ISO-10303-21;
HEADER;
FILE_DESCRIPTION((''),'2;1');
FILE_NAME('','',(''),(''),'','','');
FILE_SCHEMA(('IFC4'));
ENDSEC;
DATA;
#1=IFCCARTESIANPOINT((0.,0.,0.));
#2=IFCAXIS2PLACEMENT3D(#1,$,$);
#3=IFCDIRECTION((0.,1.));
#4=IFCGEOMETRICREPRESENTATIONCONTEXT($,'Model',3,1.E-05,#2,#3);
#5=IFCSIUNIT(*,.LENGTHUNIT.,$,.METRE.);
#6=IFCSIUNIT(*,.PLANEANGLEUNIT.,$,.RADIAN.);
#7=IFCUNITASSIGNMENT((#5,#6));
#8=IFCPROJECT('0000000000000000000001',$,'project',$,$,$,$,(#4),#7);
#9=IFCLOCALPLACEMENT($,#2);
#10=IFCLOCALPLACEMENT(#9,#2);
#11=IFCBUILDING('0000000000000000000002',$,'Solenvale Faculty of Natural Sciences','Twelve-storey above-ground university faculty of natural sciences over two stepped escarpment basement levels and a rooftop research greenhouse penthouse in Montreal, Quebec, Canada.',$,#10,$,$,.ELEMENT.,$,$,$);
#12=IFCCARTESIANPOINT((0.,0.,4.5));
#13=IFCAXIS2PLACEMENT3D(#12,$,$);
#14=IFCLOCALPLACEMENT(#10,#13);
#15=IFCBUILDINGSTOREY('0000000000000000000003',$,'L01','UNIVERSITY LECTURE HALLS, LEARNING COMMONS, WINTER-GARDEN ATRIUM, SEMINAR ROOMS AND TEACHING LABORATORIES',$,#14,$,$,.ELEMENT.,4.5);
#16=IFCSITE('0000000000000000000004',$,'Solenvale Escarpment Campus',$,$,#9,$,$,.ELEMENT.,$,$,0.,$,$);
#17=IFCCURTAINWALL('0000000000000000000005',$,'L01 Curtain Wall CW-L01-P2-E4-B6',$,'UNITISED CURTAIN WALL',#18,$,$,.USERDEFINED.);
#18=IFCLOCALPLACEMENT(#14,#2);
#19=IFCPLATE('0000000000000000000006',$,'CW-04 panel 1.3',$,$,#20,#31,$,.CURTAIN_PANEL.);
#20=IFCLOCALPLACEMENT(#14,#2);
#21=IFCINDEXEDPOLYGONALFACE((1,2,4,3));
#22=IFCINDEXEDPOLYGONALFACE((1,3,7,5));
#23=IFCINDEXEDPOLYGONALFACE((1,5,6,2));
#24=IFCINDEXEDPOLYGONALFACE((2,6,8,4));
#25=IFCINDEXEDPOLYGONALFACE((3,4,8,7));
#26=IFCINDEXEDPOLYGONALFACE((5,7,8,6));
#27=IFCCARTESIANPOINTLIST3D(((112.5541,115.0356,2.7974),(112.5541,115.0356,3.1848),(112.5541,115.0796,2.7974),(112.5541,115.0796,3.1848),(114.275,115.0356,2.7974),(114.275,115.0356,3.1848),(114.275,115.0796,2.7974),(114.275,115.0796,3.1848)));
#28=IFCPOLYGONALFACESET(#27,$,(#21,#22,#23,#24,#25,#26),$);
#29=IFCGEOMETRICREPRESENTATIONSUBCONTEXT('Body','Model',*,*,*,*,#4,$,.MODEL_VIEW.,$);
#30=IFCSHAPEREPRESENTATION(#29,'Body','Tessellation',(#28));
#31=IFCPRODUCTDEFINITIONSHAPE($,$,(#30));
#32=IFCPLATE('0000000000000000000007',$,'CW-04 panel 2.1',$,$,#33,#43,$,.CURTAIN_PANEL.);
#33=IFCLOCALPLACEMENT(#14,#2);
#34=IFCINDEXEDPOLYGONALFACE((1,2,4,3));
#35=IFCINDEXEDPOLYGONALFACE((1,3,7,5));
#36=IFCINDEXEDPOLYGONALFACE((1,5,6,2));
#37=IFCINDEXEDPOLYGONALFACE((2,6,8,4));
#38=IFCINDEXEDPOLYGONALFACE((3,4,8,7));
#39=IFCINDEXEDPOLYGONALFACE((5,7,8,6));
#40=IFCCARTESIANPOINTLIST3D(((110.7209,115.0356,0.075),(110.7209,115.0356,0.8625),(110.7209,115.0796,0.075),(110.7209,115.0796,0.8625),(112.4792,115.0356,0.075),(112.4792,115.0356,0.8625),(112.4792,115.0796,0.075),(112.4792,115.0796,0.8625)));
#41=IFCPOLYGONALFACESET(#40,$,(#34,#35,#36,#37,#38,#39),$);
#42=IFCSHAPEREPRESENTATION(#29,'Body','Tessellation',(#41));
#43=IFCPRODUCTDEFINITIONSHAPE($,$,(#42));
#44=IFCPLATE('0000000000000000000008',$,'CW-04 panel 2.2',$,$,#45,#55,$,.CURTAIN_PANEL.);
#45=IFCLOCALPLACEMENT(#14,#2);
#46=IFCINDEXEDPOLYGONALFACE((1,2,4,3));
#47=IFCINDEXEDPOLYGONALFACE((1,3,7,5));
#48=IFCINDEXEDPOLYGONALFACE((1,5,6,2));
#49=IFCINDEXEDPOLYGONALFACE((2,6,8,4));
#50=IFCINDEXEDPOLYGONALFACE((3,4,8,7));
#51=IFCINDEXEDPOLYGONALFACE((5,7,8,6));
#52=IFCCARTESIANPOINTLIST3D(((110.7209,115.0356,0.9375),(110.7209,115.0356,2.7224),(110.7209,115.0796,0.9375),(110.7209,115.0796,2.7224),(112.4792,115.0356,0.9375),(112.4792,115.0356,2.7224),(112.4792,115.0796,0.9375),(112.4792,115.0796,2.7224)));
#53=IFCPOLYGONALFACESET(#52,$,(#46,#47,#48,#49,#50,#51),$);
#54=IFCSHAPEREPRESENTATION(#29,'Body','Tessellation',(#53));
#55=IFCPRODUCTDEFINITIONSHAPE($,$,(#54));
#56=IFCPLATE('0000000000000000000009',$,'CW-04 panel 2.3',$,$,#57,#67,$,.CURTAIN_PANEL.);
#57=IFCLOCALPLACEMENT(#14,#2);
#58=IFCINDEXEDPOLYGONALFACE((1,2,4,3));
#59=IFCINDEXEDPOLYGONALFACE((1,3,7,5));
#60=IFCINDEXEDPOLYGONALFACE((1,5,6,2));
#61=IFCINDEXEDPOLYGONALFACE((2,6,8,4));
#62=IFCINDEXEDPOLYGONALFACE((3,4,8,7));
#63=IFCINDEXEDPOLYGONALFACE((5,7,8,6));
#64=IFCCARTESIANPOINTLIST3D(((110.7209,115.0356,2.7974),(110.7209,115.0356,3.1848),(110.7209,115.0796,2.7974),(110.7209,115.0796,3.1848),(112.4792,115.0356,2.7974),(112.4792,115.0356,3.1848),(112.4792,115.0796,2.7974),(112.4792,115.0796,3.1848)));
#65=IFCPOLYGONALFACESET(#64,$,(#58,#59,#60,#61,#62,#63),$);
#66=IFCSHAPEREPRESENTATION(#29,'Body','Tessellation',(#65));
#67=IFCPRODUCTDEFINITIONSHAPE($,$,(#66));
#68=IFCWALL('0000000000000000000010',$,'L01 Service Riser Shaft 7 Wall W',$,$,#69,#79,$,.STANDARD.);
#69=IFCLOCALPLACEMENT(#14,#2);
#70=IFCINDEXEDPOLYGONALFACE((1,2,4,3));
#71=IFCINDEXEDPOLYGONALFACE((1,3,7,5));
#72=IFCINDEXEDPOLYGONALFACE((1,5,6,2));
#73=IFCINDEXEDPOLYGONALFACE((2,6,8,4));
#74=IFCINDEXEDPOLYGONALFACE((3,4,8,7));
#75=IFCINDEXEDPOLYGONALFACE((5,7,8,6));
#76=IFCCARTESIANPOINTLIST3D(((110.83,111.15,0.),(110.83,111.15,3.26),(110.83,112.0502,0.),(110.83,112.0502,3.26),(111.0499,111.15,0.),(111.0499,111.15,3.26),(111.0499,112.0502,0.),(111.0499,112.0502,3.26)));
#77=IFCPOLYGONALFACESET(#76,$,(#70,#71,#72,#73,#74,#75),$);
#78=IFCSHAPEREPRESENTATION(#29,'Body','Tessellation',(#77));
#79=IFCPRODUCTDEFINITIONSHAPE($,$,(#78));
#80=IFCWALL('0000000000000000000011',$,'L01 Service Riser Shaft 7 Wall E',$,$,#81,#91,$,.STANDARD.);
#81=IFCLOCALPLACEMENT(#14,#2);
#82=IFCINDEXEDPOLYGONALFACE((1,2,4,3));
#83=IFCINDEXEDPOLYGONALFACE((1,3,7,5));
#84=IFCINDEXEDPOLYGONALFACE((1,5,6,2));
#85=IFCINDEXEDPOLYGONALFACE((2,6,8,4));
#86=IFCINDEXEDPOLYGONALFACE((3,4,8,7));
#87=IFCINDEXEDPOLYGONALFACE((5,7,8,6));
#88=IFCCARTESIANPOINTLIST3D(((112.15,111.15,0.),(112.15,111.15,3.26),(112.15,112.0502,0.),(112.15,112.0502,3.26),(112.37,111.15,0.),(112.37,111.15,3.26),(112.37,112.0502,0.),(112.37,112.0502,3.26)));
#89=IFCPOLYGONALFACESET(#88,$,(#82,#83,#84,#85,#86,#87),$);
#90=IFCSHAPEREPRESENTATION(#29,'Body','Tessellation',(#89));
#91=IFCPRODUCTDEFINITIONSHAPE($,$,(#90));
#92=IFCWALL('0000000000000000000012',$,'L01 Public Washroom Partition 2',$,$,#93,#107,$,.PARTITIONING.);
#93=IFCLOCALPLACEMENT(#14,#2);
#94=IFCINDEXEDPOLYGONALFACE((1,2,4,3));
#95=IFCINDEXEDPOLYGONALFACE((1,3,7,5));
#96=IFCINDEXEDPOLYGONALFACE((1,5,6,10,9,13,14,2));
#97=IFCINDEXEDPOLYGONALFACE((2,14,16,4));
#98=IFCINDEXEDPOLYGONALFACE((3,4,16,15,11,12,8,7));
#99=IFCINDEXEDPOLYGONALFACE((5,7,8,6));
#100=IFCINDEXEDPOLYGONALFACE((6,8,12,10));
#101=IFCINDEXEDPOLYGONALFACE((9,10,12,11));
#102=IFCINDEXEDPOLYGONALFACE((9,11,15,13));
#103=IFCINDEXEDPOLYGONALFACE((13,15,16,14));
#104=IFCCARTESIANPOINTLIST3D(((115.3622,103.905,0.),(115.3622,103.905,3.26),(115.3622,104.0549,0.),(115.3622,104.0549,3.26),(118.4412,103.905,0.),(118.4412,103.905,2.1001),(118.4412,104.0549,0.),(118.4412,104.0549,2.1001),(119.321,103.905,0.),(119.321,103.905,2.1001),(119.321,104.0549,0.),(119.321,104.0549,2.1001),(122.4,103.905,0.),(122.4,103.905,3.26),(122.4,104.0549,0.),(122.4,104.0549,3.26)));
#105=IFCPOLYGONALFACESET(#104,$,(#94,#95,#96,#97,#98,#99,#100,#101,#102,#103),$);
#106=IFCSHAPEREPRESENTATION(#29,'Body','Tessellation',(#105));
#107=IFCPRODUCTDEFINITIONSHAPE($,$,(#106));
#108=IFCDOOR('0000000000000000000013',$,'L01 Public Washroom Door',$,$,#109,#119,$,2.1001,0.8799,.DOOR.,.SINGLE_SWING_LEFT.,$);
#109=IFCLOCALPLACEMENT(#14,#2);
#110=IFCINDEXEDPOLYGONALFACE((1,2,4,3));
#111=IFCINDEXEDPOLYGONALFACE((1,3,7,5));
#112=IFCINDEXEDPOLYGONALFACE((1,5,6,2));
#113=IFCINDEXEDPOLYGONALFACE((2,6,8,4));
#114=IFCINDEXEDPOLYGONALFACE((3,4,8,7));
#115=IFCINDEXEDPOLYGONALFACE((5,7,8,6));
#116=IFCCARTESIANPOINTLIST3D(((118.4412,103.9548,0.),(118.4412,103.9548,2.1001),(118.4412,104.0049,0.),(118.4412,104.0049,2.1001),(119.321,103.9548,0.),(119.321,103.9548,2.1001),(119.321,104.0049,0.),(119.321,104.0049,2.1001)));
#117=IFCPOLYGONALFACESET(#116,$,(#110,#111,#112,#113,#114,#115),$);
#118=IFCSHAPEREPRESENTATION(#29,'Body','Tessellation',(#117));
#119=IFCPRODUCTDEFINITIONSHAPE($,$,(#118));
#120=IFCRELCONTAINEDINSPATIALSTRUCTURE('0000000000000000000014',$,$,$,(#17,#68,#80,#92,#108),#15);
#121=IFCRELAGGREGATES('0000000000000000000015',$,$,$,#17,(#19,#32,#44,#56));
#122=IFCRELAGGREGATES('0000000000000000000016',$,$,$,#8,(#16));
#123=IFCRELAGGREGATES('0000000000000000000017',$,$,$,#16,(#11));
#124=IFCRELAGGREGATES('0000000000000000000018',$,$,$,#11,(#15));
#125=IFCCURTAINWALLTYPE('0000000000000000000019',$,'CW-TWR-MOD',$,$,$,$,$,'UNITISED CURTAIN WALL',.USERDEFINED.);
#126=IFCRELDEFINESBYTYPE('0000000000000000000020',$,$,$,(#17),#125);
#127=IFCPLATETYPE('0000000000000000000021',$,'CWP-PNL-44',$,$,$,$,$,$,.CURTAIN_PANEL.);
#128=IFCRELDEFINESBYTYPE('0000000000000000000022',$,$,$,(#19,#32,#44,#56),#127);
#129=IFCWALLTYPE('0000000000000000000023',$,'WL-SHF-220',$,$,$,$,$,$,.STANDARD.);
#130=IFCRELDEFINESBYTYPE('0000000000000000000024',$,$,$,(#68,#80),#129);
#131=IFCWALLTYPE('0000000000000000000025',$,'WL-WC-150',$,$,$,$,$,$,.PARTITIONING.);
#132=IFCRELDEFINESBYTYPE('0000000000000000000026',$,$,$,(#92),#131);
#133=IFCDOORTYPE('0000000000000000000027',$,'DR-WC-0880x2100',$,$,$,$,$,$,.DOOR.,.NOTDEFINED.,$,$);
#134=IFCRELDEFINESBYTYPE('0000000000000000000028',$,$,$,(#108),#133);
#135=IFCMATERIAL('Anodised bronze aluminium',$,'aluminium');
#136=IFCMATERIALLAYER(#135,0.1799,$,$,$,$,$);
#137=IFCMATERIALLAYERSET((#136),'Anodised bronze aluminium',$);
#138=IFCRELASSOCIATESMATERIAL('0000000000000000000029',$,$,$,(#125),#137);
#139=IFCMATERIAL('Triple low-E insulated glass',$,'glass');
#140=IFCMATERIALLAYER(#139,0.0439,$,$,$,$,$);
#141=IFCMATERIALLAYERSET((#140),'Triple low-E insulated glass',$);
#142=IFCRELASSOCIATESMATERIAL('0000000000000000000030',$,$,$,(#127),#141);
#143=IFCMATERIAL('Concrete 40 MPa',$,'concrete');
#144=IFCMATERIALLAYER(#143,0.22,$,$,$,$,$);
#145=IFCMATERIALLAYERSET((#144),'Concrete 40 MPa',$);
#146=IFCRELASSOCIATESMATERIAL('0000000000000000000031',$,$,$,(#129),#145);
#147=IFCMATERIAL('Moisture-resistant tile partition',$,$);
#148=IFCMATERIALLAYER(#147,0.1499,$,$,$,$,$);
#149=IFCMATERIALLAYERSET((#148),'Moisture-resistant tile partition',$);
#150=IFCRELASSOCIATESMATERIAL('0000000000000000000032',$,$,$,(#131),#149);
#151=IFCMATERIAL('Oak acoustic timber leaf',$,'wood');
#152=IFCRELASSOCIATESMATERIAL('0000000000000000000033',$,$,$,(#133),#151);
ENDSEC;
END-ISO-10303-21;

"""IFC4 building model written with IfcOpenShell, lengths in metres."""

from ifc_helpers import new_model, si_unit, direction, frame, frame_2d, origin, origin_2d, place, context, subcontext, project, spatial, rectangle, extrude, material, layer, layer_set, type_object, element, fill, aggregate, save


model = new_model("IFC4")

# Units and contexts
model_context = context("Model", 3, precision=1e-05, world=origin(), true_north=direction((0.0, 1.0)))
body_context = subcontext(model_context, "Body", "Model", "MODEL_VIEW")
ifc_project = project(units=[si_unit("LENGTHUNIT", "METRE"), si_unit("PLANEANGLEUNIT", "RADIAN")], contexts=[model_context])

# Site, building, storey
site_placement = place(None, origin())
site = spatial("IfcSite", under=ifc_project, at=site_placement, Name="Solenvale Escarpment Campus", CompositionType="ELEMENT", RefElevation=0.0)
building_placement = place(site_placement, origin())
building = spatial("IfcBuilding", under=site, at=building_placement, Name="Solenvale Faculty of Natural Sciences", Description="Twelve-storey above-ground university faculty of natural sciences over two stepped escarpment basement levels and a rooftop research greenhouse penthouse in Montreal, Quebec, Canada.", CompositionType="ELEMENT")
storey_placement = place(building_placement, frame((0.0, 0.0, 4.5)))
storey = spatial("IfcBuildingStorey", under=building, at=storey_placement, Name="L01", Description="UNIVERSITY LECTURE HALLS, LEARNING COMMONS, WINTER-GARDEN ATRIUM, SEMINAR ROOMS AND TEACHING LABORATORIES", CompositionType="ELEMENT", Elevation=4.5)

# Shared definitions
ifc_material_1 = material(Name="Concrete 40 MPa", Category="concrete")

# Curtain wall, plates
ifc_material_2 = material(Name="Anodised bronze aluminium", Category="aluminium")
ifc_layer_1 = layer(ifc_material_2, 0.1799)
ifc_layer_set_1 = layer_set([ifc_layer_1], Name="Anodised bronze aluminium")
curtain_wall_type = type_object("IfcCurtainWallType", Name="CW-TWR-MOD", ElementType="UNITISED CURTAIN WALL", PredefinedType="USERDEFINED", material=ifc_layer_set_1)
curtain_wall_placement = place(storey_placement, origin())
curtain_wall = element("IfcCurtainWall", 1, at=curtain_wall_placement, inside=storey, type_object=curtain_wall_type, Name="L01 Curtain Wall CW-L01-P2-E4-B6", ObjectType="UNITISED CURTAIN WALL", PredefinedType="USERDEFINED")
ifc_material_3 = material(Name="Triple low-E insulated glass", Category="glass")
ifc_layer_2 = layer(ifc_material_3, 0.0439)
ifc_layer_set_2 = layer_set([ifc_layer_2], Name="Triple low-E insulated glass")
plate_type = type_object("IfcPlateType", Name="CWP-PNL-44", PredefinedType="CURTAIN_PANEL", material=ifc_layer_set_2)
plate_1_placement = place(storey_placement, frame((113.4146, 115.0576, 2.7974), z_axis=(0.0, 0.0, 1.0), x_axis=(-1.0, 0.0, 0.0)))
plate_1 = element("IfcPlate", 2, at=plate_1_placement, type_object=plate_type, Name="CW-04 panel 1.3", PredefinedType="CURTAIN_PANEL", context=body_context, shape_type="SweptSolid", body=[
    extrude(rectangle(XDim=1.7209, YDim=0.0439, at=origin_2d()), origin(), (0.0, 0.0, 1.0), 0.3875),
])
plate_2_placement = place(storey_placement, frame((111.6001, 115.0576, 0.075), z_axis=(0.0, 0.0, 1.0), x_axis=(-1.0, 0.0, 0.0)))
plate_2 = element("IfcPlate", 3, at=plate_2_placement, type_object=plate_type, Name="CW-04 panel 2.1", PredefinedType="CURTAIN_PANEL", context=body_context, shape_type="SweptSolid", body=[
    extrude(rectangle(XDim=1.7583, YDim=0.0439, at=origin_2d()), origin(), (0.0, 0.0, 1.0), 0.7876),
])
plate_3_placement = place(storey_placement, frame((111.6001, 115.0576, 0.9375), z_axis=(0.0, 0.0, 1.0), x_axis=(-1.0, 0.0, 0.0)))
plate_3 = element("IfcPlate", 4, at=plate_3_placement, type_object=plate_type, Name="CW-04 panel 2.2", PredefinedType="CURTAIN_PANEL", context=body_context, shape_type="SweptSolid", body=[
    extrude(rectangle(XDim=1.7583, YDim=0.0439, at=origin_2d()), origin(), (0.0, 0.0, 1.0), 1.7849),
])
plate_4_placement = place(storey_placement, frame((111.6001, 115.0576, 2.7974), z_axis=(0.0, 0.0, 1.0), x_axis=(-1.0, 0.0, 0.0)))
plate_4 = element("IfcPlate", 5, at=plate_4_placement, type_object=plate_type, Name="CW-04 panel 2.3", PredefinedType="CURTAIN_PANEL", context=body_context, shape_type="SweptSolid", body=[
    extrude(rectangle(XDim=1.7583, YDim=0.0439, at=origin_2d()), origin(), (0.0, 0.0, 1.0), 0.3875),
])
aggregate(curtain_wall, [plate_1, plate_2, plate_3, plate_4])

# Walls
ifc_layer_3 = layer(ifc_material_1, 0.22)
ifc_layer_set_3 = layer_set([ifc_layer_3], Name="Concrete 40 MPa")
wall_type_1 = type_object("IfcWallType", Name="WL-SHF-220", PredefinedType="STANDARD", material=ifc_layer_set_3)
for number, where, z_axis, x_axis, name in (
    (6, (110.9399, 111.1499, 0.0), (0.0, 0.0, 1.0), (0.0, 1.0, 0.0), "L01 Service Riser Shaft 7 Wall W"),
    (7, (112.26, 111.1499, 0.0), (0.0, 0.0, 1.0), (0.0, 1.0, 0.0), "L01 Service Riser Shaft 7 Wall E"),
):
    element("IfcWall", number, at=place(storey_placement, frame(where, z_axis=z_axis, x_axis=x_axis)), inside=storey, type_object=wall_type_1, Name=name, PredefinedType="STANDARD", context=body_context, shape_type="SweptSolid", body=[
        extrude(rectangle(XDim=0.9001, YDim=0.22, at=frame_2d((0.4502, 0.0))), origin(), (0.0, 0.0, 1.0), 3.26),
    ])

# Wall, opening, door
ifc_material_4 = material(Name="Moisture-resistant tile partition")
ifc_layer_4 = layer(ifc_material_4, 0.1499)
ifc_layer_set_4 = layer_set([ifc_layer_4], Name="Moisture-resistant tile partition")
wall_type_2 = type_object("IfcWallType", Name="WL-WC-150", PredefinedType="PARTITIONING", material=ifc_layer_set_4)
wall_placement = place(storey_placement, frame((115.3621, 103.98, 0.0), z_axis=(0.0, 0.0, 1.0), x_axis=(1.0, 0.0, 0.0)))
wall = element("IfcWall", 8, at=wall_placement, inside=storey, type_object=wall_type_2, Name="L01 Public Washroom Partition 2", PredefinedType="PARTITIONING", context=body_context, shape_type="SweptSolid", body=[
    extrude(rectangle(XDim=7.0378, YDim=0.1499, at=frame_2d((3.519, 0.0))), origin(), (0.0, 0.0, 1.0), 3.26),
])
opening_placement = place(wall_placement, frame((3.0791, 0.0, 0.0)))
opening = element("IfcOpeningElement", 9, at=opening_placement, cuts=wall, PredefinedType="OPENING", context=body_context, shape_type="SweptSolid", body=[
    extrude(rectangle(XDim=0.8799, YDim=2.1001, at=frame_2d((0.4399, 1.05))), frame((0.0, 0.085, 0.0), z_axis=(0.0, -1.0, 0.0), x_axis=(1.0, 0.0, 0.0)), (0.0, 0.0, 1.0), 0.1699),
])
ifc_material_5 = material(Name="Oak acoustic timber leaf", Category="wood")
door_type = type_object("IfcDoorType", Name="DR-WC-0880x2100", OperationType="NOTDEFINED", PredefinedType="DOOR", material=ifc_material_5)
door_placement = place(opening_placement, origin())
door = element("IfcDoor", 10, at=door_placement, inside=storey, type_object=door_type, Name="L01 Public Washroom Door", OperationType="SINGLE_SWING_LEFT", OverallHeight=2.1001, OverallWidth=0.8799, PredefinedType="DOOR", context=body_context, shape_type="SweptSolid", body=[
    extrude(rectangle(XDim=0.8799, YDim=2.1001, at=frame_2d((0.4399, 1.05))), frame((0.0, 0.0249, 0.0), z_axis=(0.0, -1.0, 0.0), x_axis=(1.0, 0.0, 0.0)), (0.0, 0.0, 1.0), 0.05),
])
fill(opening, door)

save(model, "model.ifc")
